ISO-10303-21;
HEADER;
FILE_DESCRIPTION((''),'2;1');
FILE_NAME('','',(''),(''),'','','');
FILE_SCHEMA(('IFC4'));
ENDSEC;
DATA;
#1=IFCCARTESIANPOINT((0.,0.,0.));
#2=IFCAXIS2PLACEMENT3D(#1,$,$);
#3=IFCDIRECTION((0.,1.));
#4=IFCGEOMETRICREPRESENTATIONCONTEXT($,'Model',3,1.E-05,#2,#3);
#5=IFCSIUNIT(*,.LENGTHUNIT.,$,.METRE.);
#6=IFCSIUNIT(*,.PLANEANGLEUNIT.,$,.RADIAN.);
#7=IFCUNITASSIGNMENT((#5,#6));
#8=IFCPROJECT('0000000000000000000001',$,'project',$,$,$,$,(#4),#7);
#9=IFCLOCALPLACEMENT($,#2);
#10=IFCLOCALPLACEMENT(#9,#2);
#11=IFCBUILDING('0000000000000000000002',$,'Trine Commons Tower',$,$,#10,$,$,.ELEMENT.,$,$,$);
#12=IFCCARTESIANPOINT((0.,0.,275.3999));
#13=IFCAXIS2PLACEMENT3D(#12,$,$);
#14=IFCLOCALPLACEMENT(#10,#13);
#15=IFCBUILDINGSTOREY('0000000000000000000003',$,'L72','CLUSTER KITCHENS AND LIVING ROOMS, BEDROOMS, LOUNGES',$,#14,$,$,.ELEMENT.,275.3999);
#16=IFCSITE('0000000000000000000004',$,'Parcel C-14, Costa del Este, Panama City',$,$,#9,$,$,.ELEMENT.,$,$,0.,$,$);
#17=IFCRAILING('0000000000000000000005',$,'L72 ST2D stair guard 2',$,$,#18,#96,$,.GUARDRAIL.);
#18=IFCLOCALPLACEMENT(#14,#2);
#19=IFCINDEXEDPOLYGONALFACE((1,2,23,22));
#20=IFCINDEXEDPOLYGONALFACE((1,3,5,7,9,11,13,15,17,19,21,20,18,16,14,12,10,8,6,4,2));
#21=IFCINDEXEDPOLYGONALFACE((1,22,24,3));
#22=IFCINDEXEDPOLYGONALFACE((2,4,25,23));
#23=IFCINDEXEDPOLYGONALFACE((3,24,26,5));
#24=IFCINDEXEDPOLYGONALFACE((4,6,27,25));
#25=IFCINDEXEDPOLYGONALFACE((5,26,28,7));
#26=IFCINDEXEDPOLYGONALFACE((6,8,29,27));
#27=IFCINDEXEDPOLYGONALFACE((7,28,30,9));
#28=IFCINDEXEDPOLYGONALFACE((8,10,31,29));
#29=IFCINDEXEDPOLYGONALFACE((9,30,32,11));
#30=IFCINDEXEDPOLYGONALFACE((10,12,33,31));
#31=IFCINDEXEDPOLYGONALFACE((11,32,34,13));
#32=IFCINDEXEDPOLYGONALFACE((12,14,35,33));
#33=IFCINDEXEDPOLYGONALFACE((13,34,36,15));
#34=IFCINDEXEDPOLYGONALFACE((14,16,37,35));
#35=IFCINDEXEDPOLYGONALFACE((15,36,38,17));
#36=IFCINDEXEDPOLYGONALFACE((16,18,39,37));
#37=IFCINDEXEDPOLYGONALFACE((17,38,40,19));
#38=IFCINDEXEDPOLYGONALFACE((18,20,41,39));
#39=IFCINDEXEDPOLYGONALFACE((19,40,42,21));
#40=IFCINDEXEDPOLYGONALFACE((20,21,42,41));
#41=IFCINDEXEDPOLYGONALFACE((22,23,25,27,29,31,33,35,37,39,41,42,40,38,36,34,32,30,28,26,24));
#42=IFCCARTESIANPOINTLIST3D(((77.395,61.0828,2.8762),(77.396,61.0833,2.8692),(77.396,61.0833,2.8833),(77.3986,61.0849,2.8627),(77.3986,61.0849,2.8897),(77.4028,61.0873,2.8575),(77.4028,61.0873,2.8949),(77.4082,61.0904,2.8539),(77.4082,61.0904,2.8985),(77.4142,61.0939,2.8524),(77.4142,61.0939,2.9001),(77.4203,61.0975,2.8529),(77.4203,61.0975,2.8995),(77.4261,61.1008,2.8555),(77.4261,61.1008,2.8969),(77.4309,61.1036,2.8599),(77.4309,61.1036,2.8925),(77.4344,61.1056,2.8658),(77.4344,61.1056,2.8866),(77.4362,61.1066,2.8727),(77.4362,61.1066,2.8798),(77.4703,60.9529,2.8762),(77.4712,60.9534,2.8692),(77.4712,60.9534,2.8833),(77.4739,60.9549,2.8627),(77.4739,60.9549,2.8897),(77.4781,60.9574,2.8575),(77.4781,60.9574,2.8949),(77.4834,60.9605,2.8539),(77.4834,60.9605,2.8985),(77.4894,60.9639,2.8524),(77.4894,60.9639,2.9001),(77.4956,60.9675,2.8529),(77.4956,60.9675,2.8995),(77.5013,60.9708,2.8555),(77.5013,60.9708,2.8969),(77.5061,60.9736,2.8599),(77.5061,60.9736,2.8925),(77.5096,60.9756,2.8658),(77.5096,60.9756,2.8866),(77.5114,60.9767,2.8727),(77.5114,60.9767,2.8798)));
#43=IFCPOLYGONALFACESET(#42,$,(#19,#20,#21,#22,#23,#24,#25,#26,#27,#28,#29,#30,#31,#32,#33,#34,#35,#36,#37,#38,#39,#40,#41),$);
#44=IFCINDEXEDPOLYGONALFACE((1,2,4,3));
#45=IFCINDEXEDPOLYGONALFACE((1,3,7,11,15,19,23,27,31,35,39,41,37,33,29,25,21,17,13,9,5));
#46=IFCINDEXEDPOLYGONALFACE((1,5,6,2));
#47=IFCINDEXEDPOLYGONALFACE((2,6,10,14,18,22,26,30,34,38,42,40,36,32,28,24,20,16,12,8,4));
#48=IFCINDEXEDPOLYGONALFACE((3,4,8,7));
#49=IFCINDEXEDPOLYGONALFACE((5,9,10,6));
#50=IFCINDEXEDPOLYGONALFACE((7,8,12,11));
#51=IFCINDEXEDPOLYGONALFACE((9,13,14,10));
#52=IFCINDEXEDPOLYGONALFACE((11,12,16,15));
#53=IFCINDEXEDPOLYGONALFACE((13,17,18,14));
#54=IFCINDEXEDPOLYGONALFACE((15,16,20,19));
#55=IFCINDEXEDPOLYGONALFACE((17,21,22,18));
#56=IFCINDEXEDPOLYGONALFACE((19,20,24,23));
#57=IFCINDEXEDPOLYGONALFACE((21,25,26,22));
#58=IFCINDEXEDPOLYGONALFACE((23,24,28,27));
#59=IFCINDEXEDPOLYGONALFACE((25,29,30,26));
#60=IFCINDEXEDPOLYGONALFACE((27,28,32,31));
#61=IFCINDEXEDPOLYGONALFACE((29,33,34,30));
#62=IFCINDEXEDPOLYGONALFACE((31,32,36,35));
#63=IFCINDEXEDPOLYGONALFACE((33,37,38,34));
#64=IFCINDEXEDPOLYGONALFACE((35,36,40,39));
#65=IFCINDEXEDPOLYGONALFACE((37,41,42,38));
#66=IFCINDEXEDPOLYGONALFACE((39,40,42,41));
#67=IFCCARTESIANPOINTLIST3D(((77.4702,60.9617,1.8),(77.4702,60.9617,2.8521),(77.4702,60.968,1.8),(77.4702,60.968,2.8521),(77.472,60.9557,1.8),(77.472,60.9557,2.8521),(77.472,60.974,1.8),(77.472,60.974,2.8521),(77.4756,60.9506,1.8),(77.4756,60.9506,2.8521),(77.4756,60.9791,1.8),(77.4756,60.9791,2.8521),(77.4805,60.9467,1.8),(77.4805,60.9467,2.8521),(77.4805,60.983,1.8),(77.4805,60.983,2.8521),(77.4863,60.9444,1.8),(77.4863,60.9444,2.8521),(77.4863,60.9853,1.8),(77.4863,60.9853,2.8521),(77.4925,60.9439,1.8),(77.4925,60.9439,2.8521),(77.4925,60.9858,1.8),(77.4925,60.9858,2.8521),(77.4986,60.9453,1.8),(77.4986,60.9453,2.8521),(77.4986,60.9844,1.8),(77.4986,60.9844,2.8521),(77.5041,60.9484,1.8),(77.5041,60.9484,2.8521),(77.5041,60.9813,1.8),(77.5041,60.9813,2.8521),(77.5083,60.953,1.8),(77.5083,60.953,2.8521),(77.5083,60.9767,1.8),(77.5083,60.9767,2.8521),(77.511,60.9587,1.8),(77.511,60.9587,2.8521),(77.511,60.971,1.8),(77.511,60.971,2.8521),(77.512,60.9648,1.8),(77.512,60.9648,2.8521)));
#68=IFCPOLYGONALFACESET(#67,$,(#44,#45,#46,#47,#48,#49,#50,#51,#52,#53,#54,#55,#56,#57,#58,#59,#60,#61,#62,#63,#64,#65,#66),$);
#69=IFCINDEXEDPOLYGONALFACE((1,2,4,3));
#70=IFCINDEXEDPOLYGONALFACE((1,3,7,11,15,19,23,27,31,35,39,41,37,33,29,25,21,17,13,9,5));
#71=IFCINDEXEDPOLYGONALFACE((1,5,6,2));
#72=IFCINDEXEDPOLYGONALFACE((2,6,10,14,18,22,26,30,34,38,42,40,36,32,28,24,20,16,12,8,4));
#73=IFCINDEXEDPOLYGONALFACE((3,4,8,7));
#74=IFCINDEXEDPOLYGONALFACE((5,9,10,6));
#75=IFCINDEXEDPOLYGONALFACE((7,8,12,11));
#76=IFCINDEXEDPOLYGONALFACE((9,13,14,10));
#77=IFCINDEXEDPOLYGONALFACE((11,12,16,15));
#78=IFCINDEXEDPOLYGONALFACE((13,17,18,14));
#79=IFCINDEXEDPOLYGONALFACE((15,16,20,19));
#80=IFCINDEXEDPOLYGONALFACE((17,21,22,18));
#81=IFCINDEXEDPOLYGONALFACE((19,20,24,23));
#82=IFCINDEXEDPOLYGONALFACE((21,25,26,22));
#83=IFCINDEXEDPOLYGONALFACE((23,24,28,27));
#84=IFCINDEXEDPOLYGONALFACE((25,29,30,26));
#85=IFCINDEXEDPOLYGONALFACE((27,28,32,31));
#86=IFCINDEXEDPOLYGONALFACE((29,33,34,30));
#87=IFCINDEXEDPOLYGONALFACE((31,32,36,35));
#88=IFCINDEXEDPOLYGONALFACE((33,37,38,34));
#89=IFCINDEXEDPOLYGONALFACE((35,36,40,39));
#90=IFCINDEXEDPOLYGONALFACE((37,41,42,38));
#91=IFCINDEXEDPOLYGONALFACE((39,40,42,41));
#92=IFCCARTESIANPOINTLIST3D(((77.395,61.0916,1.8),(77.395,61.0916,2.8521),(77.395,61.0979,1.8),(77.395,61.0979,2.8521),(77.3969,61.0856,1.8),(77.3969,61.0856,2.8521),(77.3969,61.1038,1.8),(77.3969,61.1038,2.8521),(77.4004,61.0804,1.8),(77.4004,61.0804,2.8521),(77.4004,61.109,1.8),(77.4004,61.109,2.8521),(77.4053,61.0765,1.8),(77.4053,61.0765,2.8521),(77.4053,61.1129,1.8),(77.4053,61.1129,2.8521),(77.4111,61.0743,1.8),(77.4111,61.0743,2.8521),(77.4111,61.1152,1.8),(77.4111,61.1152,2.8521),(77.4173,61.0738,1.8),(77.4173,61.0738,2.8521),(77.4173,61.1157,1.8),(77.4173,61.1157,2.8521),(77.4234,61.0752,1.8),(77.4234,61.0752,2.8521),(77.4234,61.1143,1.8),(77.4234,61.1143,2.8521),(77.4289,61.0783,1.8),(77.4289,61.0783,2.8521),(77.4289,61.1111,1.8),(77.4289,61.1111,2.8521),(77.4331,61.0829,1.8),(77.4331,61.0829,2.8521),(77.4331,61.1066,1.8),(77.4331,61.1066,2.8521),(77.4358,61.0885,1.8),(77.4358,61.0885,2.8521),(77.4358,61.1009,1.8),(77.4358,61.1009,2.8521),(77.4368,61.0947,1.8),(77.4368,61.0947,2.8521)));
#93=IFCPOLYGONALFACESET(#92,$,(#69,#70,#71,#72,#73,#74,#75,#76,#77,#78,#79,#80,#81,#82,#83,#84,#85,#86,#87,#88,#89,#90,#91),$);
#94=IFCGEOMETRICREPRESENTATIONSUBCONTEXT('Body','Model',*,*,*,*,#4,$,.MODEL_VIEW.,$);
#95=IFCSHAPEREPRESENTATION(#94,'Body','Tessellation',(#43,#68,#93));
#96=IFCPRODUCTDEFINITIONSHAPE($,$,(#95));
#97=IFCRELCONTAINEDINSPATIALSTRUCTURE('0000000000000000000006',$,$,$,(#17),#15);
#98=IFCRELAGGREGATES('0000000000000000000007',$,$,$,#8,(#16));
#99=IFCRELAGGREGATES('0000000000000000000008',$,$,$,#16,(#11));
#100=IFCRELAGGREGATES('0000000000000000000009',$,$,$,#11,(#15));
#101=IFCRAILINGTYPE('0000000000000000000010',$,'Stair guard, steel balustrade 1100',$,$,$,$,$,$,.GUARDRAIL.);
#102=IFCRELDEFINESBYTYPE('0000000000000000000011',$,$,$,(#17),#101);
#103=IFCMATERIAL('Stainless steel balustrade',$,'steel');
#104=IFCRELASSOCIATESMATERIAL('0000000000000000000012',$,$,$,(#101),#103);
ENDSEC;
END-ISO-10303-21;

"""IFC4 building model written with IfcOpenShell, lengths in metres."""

from ifc_helpers import new_model, si_unit, direction, frame, origin, origin_2d, place, context, subcontext, project, spatial, circle, extrude, material, type_object, element, save


model = new_model("IFC4")

# Units and contexts
model_context = context("Model", 3, precision=1e-05, world=origin(), true_north=direction((0.0, 1.0)))
body_context = subcontext(model_context, "Body", "Model", "MODEL_VIEW")
ifc_project = project(units=[si_unit("LENGTHUNIT", "METRE"), si_unit("PLANEANGLEUNIT", "RADIAN")], contexts=[model_context])

# Site, building, storey
site_placement = place(None, origin())
site = spatial("IfcSite", under=ifc_project, at=site_placement, Name="Parcel C-14, Costa del Este, Panama City", CompositionType="ELEMENT", RefElevation=0.0)
building_placement = place(site_placement, origin())
building = spatial("IfcBuilding", under=site, at=building_placement, Name="Trine Commons Tower", CompositionType="ELEMENT")
storey_placement = place(building_placement, frame((0.0, 0.0, 275.3999)))
storey = spatial("IfcBuildingStorey", under=building, at=storey_placement, Name="L72", Description="CLUSTER KITCHENS AND LIVING ROOMS, BEDROOMS, LOUNGES", CompositionType="ELEMENT", Elevation=275.3999)

# Railing
ifc_material_1 = material(Name="Stainless steel balustrade", Category="steel")
railing_type_1 = type_object("IfcRailingType", Name="Stair guard, steel balustrade 1100", PredefinedType="GUARDRAIL", material=ifc_material_1)
railing_1_placement = place(storey_placement, frame((77.491, 60.9648, 1.8)))
element("IfcRailing", 1, at=railing_1_placement, inside=storey, type_object=railing_type_1, Name="L72 ST2D stair guard 2", PredefinedType="GUARDRAIL", context=body_context, shape_type="SweptSolid", body=[
    extrude(circle(Radius=0.0239, at=origin_2d()), frame((0.0, 0.0, 1.0762), z_axis=(-0.501036, 0.865426, 0.0), x_axis=(-0.865426, -0.501036, 0.0)), (0.0, 0.0, 1.0), 0.1501),
    extrude(circle(Radius=0.021, at=origin_2d()), origin(), (0.0, 0.0, 1.0), 1.052),
    extrude(circle(Radius=0.021, at=origin_2d()), frame((-0.0752, 0.1299, 0.0)), (0.0, 0.0, 1.0), 1.052),
])

save(model, "model.ifc")
